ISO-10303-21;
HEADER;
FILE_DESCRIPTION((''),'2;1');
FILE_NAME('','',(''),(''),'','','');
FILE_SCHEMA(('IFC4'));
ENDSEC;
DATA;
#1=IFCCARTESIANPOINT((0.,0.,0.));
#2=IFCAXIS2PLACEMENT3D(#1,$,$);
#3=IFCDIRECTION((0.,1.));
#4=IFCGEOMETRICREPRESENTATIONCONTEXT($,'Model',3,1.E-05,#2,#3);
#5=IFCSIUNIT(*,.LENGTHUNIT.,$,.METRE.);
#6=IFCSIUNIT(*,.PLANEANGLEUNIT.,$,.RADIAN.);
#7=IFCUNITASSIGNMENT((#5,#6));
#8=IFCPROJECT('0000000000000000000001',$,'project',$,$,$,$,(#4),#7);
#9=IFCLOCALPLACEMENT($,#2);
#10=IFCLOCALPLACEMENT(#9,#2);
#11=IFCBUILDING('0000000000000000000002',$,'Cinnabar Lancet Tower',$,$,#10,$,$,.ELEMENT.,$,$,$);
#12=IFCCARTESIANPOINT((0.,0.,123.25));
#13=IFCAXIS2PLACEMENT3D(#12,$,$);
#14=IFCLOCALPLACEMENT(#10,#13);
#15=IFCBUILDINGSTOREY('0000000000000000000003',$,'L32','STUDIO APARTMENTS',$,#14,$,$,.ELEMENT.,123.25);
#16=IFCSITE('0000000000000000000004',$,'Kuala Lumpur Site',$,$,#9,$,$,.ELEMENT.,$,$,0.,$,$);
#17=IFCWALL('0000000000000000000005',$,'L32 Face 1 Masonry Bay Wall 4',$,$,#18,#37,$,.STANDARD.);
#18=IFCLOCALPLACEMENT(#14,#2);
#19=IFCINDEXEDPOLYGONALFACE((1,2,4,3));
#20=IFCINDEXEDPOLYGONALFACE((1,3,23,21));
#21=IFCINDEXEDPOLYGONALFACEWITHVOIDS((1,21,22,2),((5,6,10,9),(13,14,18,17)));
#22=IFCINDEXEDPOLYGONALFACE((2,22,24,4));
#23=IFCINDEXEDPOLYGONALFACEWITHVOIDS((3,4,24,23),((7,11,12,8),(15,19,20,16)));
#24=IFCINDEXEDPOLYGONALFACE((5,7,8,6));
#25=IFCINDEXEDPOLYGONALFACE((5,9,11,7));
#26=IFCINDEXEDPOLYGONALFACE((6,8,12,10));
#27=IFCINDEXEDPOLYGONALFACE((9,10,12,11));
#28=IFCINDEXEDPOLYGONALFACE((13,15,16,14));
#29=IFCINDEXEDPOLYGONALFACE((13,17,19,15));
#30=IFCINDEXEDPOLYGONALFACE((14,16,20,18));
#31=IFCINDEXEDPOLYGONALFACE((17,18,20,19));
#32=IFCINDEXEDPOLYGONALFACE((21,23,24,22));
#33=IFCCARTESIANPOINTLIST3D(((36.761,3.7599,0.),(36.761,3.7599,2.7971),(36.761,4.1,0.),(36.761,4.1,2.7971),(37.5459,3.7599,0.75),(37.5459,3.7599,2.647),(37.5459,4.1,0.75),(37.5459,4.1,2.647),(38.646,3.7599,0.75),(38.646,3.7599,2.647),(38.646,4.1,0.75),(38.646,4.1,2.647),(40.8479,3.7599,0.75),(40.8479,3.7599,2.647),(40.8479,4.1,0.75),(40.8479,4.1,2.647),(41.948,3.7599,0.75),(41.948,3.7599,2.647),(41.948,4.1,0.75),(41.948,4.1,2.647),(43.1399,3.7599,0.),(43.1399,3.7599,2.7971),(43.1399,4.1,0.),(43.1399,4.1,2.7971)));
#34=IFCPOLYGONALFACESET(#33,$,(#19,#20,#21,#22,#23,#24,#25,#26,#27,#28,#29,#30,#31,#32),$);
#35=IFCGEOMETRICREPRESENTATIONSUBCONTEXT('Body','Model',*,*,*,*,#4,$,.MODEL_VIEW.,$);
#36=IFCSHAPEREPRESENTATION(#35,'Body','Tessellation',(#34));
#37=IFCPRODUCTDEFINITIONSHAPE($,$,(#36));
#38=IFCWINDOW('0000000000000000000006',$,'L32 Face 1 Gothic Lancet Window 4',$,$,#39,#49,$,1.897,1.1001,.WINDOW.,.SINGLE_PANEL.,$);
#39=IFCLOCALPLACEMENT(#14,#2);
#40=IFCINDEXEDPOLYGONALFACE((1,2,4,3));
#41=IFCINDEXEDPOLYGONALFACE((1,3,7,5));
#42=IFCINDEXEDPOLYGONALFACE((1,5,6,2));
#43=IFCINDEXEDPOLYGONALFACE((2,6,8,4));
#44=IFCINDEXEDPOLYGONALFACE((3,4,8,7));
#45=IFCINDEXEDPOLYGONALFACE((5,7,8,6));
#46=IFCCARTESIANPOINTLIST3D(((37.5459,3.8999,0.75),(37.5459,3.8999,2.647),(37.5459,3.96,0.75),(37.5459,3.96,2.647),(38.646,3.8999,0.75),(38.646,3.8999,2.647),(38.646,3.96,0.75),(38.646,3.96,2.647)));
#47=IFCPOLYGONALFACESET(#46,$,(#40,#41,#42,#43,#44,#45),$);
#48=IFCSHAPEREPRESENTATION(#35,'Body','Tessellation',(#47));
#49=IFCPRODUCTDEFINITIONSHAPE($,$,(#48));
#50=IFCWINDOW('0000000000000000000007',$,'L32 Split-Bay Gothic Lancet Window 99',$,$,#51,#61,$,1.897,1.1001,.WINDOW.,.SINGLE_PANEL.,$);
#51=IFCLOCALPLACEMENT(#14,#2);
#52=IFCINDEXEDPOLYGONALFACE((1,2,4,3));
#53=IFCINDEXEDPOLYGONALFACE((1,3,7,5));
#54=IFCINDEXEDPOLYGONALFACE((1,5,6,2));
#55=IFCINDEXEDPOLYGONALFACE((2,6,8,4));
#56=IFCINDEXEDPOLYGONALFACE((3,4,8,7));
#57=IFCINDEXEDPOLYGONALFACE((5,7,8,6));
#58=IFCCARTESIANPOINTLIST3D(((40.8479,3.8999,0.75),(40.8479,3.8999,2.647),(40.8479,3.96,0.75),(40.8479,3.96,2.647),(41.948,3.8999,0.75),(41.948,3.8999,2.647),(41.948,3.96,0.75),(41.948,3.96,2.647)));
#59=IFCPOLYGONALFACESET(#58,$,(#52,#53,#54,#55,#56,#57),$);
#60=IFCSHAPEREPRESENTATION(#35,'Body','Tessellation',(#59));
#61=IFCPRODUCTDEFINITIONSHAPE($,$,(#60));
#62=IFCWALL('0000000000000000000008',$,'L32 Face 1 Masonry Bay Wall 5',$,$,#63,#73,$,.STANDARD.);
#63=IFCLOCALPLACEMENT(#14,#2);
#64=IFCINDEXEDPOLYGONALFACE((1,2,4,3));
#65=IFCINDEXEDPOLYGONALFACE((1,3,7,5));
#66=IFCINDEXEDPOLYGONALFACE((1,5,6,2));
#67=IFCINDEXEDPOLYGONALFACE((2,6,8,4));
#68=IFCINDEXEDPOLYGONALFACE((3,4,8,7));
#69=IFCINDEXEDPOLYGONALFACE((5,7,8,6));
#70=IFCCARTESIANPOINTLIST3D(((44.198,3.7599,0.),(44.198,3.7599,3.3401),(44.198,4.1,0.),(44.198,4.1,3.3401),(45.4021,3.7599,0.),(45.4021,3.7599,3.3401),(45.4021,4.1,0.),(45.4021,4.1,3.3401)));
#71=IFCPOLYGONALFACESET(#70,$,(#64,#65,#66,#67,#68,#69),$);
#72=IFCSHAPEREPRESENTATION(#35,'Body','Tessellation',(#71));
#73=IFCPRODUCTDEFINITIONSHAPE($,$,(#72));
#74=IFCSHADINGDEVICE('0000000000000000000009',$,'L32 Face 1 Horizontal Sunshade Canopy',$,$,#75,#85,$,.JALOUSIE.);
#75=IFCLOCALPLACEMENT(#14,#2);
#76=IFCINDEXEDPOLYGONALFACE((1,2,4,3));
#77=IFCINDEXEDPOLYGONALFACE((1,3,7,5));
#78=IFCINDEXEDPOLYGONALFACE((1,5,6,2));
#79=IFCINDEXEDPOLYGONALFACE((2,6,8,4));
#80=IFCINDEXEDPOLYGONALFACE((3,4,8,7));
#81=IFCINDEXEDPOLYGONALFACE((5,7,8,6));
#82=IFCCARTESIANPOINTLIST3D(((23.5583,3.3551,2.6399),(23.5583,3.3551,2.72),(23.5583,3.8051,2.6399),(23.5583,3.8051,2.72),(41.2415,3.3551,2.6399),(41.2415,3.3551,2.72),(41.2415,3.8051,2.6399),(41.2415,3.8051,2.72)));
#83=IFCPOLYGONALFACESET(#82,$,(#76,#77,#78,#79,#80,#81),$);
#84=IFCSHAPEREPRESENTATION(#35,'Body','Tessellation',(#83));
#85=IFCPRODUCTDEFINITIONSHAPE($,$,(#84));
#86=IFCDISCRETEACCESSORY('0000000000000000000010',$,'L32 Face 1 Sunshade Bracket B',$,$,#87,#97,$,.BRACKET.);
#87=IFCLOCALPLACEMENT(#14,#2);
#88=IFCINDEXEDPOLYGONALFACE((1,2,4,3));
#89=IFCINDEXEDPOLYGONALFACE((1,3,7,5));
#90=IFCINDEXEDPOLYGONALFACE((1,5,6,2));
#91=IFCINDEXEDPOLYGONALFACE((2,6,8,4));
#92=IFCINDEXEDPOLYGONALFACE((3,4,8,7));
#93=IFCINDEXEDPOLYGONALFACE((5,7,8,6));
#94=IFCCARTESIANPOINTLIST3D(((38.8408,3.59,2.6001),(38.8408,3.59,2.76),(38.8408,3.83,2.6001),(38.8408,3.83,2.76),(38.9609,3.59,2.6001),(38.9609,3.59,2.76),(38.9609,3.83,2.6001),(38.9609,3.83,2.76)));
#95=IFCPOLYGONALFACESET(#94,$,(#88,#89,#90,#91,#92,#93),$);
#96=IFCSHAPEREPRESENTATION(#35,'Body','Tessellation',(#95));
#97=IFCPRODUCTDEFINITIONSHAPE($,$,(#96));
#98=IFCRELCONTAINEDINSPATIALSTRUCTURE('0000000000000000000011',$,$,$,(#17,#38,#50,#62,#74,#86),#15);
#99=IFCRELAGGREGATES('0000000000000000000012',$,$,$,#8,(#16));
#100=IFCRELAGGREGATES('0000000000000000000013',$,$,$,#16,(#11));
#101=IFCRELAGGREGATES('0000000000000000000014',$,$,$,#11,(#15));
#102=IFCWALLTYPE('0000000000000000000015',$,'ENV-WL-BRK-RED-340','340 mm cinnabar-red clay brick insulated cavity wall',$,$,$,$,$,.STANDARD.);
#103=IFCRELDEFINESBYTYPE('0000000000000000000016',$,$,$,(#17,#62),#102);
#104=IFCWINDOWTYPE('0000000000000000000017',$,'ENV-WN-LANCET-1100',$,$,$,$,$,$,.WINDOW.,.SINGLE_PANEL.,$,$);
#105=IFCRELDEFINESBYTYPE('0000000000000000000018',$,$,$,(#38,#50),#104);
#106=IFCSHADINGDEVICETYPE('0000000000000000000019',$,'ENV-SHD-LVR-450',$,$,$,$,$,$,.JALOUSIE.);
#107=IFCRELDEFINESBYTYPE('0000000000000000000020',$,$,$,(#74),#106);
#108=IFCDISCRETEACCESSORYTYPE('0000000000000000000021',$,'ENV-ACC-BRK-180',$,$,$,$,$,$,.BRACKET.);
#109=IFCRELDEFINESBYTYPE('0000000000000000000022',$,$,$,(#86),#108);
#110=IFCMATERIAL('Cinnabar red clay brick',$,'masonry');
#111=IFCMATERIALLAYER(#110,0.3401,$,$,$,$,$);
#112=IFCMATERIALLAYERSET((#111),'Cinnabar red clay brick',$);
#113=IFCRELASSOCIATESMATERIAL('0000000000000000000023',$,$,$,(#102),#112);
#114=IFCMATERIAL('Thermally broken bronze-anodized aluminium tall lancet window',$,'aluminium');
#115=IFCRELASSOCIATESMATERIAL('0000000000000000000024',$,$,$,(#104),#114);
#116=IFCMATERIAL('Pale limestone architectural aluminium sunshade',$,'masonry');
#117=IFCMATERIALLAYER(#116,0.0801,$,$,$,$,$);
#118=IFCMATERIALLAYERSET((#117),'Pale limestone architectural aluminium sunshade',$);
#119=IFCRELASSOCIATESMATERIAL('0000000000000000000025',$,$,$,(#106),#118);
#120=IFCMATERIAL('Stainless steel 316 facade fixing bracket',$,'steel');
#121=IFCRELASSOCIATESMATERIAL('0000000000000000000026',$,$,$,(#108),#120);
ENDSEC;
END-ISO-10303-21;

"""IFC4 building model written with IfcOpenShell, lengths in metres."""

from ifc_helpers import new_model, si_unit, direction, frame, frame_2d, origin, origin_2d, place, context, subcontext, project, spatial, rectangle, extrude, material, layer, layer_set, type_object, element, fill, save


model = new_model("IFC4")

# Units and contexts
model_context = context("Model", 3, precision=1e-05, world=origin(), true_north=direction((0.0, 1.0)))
body_context = subcontext(model_context, "Body", "Model", "MODEL_VIEW")
ifc_project = project(units=[si_unit("LENGTHUNIT", "METRE"), si_unit("PLANEANGLEUNIT", "RADIAN")], contexts=[model_context])

# Site, building, storey
site_placement = place(None, origin())
site = spatial("IfcSite", under=ifc_project, at=site_placement, Name="Kuala Lumpur Site", CompositionType="ELEMENT", RefElevation=0.0)
building_placement = place(site_placement, origin())
building = spatial("IfcBuilding", under=site, at=building_placement, Name="Cinnabar Lancet Tower", CompositionType="ELEMENT")
storey_placement = place(building_placement, frame((0.0, 0.0, 123.25)))
storey = spatial("IfcBuildingStorey", under=building, at=storey_placement, Name="L32", Description="STUDIO APARTMENTS", CompositionType="ELEMENT", Elevation=123.25)

# Wall, openings, windows
ifc_material_1 = material(Name="Cinnabar red clay brick", Category="masonry")
ifc_layer_1 = layer(ifc_material_1, 0.3401)
ifc_layer_set_1 = layer_set([ifc_layer_1], Name="Cinnabar red clay brick")
wall_type_1 = type_object("IfcWallType", Name="ENV-WL-BRK-RED-340", Description="340 mm cinnabar-red clay brick insulated cavity wall", PredefinedType="STANDARD", material=ifc_layer_set_1)
wall_1_placement = place(storey_placement, frame((36.761, 3.9299, 0.0), z_axis=(0.0, 0.0, 1.0), x_axis=(1.0, 0.0, 0.0)))
wall_1 = element("IfcWall", 1, at=wall_1_placement, inside=storey, type_object=wall_type_1, Name="L32 Face 1 Masonry Bay Wall 4", PredefinedType="STANDARD", context=body_context, shape_type="SweptSolid", body=[
    extrude(rectangle(XDim=6.3789, YDim=0.3401, at=frame_2d((3.1895, 0.0))), origin(), (0.0, 0.0, 1.0), 2.7971),
])
opening_1_placement = place(wall_1_placement, frame((0.7849, 0.0, 0.75)))
opening_1 = element("IfcOpeningElement", 2, at=opening_1_placement, cuts=wall_1, PredefinedType="OPENING", context=body_context, shape_type="SweptSolid", body=[
    extrude(rectangle(XDim=1.1001, YDim=1.897, at=frame_2d((0.55, 0.9485))), frame((0.0, 0.1799, 0.0), z_axis=(0.0, -1.0, 0.0), x_axis=(1.0, 0.0, 0.0)), (0.0, 0.0, 1.0), 0.3601),
])
opening_2_placement = place(wall_1_placement, frame((4.0869, 0.0, 0.75)))
opening_2 = element("IfcOpeningElement", 3, at=opening_2_placement, cuts=wall_1, PredefinedType="OPENING", context=body_context, shape_type="SweptSolid", body=[
    extrude(rectangle(XDim=1.1001, YDim=1.897, at=frame_2d((0.55, 0.9485))), frame((0.0, 0.1799, 0.0), z_axis=(0.0, -1.0, 0.0), x_axis=(1.0, 0.0, 0.0)), (0.0, 0.0, 1.0), 0.3601),
])
ifc_material_2 = material(Name="Thermally broken bronze-anodized aluminium tall lancet window", Category="aluminium")
window_type = type_object("IfcWindowType", Name="ENV-WN-LANCET-1100", PartitioningType="SINGLE_PANEL", PredefinedType="WINDOW", material=ifc_material_2)
window_1_placement = place(opening_1_placement, origin())
window_1 = element("IfcWindow", 4, at=window_1_placement, inside=storey, type_object=window_type, Name="L32 Face 1 Gothic Lancet Window 4", OverallHeight=1.897, OverallWidth=1.1001, PartitioningType="SINGLE_PANEL", PredefinedType="WINDOW", context=body_context, shape_type="SweptSolid", body=[
    extrude(rectangle(XDim=1.1001, YDim=1.897, at=frame_2d((0.55, 0.9485))), frame((0.0, 0.03, 0.0), z_axis=(0.0, -1.0, 0.0), x_axis=(1.0, 0.0, 0.0)), (0.0, 0.0, 1.0), 0.0601),
])
fill(opening_1, window_1)
window_2_placement = place(opening_2_placement, origin())
window_2 = element("IfcWindow", 5, at=window_2_placement, inside=storey, type_object=window_type, Name="L32 Split-Bay Gothic Lancet Window 99", OverallHeight=1.897, OverallWidth=1.1001, PartitioningType="SINGLE_PANEL", PredefinedType="WINDOW", context=body_context, shape_type="SweptSolid", body=[
    extrude(rectangle(XDim=1.1001, YDim=1.897, at=frame_2d((0.55, 0.9485))), frame((0.0, 0.03, 0.0), z_axis=(0.0, -1.0, 0.0), x_axis=(1.0, 0.0, 0.0)), (0.0, 0.0, 1.0), 0.0601),
])
fill(opening_2, window_2)

# Wall
wall_2_placement = place(storey_placement, frame((44.198, 3.9299, 0.0), z_axis=(0.0, 0.0, 1.0), x_axis=(1.0, 0.0, 0.0)))
element("IfcWall", 6, at=wall_2_placement, inside=storey, type_object=wall_type_1, Name="L32 Face 1 Masonry Bay Wall 5", PredefinedType="STANDARD", context=body_context, shape_type="SweptSolid", body=[
    extrude(rectangle(XDim=1.2041, YDim=0.3401, at=frame_2d((0.6021, 0.0))), origin(), (0.0, 0.0, 1.0), 3.3401),
])

# Shading device
ifc_material_3 = material(Name="Pale limestone architectural aluminium sunshade", Category="masonry")
ifc_layer_2 = layer(ifc_material_3, 0.0801)
ifc_layer_set_2 = layer_set([ifc_layer_2], Name="Pale limestone architectural aluminium sunshade")
shading_device_type = type_object("IfcShadingDeviceType", Name="ENV-SHD-LVR-450", PredefinedType="JALOUSIE", material=ifc_layer_set_2)
shading_device_placement = place(storey_placement, frame((32.3999, 3.5801, 2.6399), z_axis=(0.0, 0.0, 1.0), x_axis=(1.0, 0.0, 0.0)))
element("IfcShadingDevice", 7, at=shading_device_placement, inside=storey, type_object=shading_device_type, Name="L32 Face 1 Horizontal Sunshade Canopy", PredefinedType="JALOUSIE", context=body_context, shape_type="SweptSolid", body=[
    extrude(rectangle(XDim=17.6831, YDim=0.45, at=origin_2d()), origin(), (0.0, 0.0, 1.0), 0.0801),
])

# Discrete accessory
ifc_material_4 = material(Name="Stainless steel 316 facade fixing bracket", Category="steel")
discrete_accessory_type = type_object("IfcDiscreteAccessoryType", Name="ENV-ACC-BRK-180", PredefinedType="BRACKET", material=ifc_material_4)
discrete_accessory_placement = place(storey_placement, frame((38.9009, 3.71, 2.6001), z_axis=(0.0, 0.0, 1.0), x_axis=(1.0, 0.0, 0.0)))
element("IfcDiscreteAccessory", 8, at=discrete_accessory_placement, inside=storey, type_object=discrete_accessory_type, Name="L32 Face 1 Sunshade Bracket B", PredefinedType="BRACKET", context=body_context, shape_type="SweptSolid", body=[
    extrude(rectangle(XDim=0.1201, YDim=0.24, at=origin_2d()), origin(), (0.0, 0.0, 1.0), 0.1599),
])

save(model, "model.ifc")
